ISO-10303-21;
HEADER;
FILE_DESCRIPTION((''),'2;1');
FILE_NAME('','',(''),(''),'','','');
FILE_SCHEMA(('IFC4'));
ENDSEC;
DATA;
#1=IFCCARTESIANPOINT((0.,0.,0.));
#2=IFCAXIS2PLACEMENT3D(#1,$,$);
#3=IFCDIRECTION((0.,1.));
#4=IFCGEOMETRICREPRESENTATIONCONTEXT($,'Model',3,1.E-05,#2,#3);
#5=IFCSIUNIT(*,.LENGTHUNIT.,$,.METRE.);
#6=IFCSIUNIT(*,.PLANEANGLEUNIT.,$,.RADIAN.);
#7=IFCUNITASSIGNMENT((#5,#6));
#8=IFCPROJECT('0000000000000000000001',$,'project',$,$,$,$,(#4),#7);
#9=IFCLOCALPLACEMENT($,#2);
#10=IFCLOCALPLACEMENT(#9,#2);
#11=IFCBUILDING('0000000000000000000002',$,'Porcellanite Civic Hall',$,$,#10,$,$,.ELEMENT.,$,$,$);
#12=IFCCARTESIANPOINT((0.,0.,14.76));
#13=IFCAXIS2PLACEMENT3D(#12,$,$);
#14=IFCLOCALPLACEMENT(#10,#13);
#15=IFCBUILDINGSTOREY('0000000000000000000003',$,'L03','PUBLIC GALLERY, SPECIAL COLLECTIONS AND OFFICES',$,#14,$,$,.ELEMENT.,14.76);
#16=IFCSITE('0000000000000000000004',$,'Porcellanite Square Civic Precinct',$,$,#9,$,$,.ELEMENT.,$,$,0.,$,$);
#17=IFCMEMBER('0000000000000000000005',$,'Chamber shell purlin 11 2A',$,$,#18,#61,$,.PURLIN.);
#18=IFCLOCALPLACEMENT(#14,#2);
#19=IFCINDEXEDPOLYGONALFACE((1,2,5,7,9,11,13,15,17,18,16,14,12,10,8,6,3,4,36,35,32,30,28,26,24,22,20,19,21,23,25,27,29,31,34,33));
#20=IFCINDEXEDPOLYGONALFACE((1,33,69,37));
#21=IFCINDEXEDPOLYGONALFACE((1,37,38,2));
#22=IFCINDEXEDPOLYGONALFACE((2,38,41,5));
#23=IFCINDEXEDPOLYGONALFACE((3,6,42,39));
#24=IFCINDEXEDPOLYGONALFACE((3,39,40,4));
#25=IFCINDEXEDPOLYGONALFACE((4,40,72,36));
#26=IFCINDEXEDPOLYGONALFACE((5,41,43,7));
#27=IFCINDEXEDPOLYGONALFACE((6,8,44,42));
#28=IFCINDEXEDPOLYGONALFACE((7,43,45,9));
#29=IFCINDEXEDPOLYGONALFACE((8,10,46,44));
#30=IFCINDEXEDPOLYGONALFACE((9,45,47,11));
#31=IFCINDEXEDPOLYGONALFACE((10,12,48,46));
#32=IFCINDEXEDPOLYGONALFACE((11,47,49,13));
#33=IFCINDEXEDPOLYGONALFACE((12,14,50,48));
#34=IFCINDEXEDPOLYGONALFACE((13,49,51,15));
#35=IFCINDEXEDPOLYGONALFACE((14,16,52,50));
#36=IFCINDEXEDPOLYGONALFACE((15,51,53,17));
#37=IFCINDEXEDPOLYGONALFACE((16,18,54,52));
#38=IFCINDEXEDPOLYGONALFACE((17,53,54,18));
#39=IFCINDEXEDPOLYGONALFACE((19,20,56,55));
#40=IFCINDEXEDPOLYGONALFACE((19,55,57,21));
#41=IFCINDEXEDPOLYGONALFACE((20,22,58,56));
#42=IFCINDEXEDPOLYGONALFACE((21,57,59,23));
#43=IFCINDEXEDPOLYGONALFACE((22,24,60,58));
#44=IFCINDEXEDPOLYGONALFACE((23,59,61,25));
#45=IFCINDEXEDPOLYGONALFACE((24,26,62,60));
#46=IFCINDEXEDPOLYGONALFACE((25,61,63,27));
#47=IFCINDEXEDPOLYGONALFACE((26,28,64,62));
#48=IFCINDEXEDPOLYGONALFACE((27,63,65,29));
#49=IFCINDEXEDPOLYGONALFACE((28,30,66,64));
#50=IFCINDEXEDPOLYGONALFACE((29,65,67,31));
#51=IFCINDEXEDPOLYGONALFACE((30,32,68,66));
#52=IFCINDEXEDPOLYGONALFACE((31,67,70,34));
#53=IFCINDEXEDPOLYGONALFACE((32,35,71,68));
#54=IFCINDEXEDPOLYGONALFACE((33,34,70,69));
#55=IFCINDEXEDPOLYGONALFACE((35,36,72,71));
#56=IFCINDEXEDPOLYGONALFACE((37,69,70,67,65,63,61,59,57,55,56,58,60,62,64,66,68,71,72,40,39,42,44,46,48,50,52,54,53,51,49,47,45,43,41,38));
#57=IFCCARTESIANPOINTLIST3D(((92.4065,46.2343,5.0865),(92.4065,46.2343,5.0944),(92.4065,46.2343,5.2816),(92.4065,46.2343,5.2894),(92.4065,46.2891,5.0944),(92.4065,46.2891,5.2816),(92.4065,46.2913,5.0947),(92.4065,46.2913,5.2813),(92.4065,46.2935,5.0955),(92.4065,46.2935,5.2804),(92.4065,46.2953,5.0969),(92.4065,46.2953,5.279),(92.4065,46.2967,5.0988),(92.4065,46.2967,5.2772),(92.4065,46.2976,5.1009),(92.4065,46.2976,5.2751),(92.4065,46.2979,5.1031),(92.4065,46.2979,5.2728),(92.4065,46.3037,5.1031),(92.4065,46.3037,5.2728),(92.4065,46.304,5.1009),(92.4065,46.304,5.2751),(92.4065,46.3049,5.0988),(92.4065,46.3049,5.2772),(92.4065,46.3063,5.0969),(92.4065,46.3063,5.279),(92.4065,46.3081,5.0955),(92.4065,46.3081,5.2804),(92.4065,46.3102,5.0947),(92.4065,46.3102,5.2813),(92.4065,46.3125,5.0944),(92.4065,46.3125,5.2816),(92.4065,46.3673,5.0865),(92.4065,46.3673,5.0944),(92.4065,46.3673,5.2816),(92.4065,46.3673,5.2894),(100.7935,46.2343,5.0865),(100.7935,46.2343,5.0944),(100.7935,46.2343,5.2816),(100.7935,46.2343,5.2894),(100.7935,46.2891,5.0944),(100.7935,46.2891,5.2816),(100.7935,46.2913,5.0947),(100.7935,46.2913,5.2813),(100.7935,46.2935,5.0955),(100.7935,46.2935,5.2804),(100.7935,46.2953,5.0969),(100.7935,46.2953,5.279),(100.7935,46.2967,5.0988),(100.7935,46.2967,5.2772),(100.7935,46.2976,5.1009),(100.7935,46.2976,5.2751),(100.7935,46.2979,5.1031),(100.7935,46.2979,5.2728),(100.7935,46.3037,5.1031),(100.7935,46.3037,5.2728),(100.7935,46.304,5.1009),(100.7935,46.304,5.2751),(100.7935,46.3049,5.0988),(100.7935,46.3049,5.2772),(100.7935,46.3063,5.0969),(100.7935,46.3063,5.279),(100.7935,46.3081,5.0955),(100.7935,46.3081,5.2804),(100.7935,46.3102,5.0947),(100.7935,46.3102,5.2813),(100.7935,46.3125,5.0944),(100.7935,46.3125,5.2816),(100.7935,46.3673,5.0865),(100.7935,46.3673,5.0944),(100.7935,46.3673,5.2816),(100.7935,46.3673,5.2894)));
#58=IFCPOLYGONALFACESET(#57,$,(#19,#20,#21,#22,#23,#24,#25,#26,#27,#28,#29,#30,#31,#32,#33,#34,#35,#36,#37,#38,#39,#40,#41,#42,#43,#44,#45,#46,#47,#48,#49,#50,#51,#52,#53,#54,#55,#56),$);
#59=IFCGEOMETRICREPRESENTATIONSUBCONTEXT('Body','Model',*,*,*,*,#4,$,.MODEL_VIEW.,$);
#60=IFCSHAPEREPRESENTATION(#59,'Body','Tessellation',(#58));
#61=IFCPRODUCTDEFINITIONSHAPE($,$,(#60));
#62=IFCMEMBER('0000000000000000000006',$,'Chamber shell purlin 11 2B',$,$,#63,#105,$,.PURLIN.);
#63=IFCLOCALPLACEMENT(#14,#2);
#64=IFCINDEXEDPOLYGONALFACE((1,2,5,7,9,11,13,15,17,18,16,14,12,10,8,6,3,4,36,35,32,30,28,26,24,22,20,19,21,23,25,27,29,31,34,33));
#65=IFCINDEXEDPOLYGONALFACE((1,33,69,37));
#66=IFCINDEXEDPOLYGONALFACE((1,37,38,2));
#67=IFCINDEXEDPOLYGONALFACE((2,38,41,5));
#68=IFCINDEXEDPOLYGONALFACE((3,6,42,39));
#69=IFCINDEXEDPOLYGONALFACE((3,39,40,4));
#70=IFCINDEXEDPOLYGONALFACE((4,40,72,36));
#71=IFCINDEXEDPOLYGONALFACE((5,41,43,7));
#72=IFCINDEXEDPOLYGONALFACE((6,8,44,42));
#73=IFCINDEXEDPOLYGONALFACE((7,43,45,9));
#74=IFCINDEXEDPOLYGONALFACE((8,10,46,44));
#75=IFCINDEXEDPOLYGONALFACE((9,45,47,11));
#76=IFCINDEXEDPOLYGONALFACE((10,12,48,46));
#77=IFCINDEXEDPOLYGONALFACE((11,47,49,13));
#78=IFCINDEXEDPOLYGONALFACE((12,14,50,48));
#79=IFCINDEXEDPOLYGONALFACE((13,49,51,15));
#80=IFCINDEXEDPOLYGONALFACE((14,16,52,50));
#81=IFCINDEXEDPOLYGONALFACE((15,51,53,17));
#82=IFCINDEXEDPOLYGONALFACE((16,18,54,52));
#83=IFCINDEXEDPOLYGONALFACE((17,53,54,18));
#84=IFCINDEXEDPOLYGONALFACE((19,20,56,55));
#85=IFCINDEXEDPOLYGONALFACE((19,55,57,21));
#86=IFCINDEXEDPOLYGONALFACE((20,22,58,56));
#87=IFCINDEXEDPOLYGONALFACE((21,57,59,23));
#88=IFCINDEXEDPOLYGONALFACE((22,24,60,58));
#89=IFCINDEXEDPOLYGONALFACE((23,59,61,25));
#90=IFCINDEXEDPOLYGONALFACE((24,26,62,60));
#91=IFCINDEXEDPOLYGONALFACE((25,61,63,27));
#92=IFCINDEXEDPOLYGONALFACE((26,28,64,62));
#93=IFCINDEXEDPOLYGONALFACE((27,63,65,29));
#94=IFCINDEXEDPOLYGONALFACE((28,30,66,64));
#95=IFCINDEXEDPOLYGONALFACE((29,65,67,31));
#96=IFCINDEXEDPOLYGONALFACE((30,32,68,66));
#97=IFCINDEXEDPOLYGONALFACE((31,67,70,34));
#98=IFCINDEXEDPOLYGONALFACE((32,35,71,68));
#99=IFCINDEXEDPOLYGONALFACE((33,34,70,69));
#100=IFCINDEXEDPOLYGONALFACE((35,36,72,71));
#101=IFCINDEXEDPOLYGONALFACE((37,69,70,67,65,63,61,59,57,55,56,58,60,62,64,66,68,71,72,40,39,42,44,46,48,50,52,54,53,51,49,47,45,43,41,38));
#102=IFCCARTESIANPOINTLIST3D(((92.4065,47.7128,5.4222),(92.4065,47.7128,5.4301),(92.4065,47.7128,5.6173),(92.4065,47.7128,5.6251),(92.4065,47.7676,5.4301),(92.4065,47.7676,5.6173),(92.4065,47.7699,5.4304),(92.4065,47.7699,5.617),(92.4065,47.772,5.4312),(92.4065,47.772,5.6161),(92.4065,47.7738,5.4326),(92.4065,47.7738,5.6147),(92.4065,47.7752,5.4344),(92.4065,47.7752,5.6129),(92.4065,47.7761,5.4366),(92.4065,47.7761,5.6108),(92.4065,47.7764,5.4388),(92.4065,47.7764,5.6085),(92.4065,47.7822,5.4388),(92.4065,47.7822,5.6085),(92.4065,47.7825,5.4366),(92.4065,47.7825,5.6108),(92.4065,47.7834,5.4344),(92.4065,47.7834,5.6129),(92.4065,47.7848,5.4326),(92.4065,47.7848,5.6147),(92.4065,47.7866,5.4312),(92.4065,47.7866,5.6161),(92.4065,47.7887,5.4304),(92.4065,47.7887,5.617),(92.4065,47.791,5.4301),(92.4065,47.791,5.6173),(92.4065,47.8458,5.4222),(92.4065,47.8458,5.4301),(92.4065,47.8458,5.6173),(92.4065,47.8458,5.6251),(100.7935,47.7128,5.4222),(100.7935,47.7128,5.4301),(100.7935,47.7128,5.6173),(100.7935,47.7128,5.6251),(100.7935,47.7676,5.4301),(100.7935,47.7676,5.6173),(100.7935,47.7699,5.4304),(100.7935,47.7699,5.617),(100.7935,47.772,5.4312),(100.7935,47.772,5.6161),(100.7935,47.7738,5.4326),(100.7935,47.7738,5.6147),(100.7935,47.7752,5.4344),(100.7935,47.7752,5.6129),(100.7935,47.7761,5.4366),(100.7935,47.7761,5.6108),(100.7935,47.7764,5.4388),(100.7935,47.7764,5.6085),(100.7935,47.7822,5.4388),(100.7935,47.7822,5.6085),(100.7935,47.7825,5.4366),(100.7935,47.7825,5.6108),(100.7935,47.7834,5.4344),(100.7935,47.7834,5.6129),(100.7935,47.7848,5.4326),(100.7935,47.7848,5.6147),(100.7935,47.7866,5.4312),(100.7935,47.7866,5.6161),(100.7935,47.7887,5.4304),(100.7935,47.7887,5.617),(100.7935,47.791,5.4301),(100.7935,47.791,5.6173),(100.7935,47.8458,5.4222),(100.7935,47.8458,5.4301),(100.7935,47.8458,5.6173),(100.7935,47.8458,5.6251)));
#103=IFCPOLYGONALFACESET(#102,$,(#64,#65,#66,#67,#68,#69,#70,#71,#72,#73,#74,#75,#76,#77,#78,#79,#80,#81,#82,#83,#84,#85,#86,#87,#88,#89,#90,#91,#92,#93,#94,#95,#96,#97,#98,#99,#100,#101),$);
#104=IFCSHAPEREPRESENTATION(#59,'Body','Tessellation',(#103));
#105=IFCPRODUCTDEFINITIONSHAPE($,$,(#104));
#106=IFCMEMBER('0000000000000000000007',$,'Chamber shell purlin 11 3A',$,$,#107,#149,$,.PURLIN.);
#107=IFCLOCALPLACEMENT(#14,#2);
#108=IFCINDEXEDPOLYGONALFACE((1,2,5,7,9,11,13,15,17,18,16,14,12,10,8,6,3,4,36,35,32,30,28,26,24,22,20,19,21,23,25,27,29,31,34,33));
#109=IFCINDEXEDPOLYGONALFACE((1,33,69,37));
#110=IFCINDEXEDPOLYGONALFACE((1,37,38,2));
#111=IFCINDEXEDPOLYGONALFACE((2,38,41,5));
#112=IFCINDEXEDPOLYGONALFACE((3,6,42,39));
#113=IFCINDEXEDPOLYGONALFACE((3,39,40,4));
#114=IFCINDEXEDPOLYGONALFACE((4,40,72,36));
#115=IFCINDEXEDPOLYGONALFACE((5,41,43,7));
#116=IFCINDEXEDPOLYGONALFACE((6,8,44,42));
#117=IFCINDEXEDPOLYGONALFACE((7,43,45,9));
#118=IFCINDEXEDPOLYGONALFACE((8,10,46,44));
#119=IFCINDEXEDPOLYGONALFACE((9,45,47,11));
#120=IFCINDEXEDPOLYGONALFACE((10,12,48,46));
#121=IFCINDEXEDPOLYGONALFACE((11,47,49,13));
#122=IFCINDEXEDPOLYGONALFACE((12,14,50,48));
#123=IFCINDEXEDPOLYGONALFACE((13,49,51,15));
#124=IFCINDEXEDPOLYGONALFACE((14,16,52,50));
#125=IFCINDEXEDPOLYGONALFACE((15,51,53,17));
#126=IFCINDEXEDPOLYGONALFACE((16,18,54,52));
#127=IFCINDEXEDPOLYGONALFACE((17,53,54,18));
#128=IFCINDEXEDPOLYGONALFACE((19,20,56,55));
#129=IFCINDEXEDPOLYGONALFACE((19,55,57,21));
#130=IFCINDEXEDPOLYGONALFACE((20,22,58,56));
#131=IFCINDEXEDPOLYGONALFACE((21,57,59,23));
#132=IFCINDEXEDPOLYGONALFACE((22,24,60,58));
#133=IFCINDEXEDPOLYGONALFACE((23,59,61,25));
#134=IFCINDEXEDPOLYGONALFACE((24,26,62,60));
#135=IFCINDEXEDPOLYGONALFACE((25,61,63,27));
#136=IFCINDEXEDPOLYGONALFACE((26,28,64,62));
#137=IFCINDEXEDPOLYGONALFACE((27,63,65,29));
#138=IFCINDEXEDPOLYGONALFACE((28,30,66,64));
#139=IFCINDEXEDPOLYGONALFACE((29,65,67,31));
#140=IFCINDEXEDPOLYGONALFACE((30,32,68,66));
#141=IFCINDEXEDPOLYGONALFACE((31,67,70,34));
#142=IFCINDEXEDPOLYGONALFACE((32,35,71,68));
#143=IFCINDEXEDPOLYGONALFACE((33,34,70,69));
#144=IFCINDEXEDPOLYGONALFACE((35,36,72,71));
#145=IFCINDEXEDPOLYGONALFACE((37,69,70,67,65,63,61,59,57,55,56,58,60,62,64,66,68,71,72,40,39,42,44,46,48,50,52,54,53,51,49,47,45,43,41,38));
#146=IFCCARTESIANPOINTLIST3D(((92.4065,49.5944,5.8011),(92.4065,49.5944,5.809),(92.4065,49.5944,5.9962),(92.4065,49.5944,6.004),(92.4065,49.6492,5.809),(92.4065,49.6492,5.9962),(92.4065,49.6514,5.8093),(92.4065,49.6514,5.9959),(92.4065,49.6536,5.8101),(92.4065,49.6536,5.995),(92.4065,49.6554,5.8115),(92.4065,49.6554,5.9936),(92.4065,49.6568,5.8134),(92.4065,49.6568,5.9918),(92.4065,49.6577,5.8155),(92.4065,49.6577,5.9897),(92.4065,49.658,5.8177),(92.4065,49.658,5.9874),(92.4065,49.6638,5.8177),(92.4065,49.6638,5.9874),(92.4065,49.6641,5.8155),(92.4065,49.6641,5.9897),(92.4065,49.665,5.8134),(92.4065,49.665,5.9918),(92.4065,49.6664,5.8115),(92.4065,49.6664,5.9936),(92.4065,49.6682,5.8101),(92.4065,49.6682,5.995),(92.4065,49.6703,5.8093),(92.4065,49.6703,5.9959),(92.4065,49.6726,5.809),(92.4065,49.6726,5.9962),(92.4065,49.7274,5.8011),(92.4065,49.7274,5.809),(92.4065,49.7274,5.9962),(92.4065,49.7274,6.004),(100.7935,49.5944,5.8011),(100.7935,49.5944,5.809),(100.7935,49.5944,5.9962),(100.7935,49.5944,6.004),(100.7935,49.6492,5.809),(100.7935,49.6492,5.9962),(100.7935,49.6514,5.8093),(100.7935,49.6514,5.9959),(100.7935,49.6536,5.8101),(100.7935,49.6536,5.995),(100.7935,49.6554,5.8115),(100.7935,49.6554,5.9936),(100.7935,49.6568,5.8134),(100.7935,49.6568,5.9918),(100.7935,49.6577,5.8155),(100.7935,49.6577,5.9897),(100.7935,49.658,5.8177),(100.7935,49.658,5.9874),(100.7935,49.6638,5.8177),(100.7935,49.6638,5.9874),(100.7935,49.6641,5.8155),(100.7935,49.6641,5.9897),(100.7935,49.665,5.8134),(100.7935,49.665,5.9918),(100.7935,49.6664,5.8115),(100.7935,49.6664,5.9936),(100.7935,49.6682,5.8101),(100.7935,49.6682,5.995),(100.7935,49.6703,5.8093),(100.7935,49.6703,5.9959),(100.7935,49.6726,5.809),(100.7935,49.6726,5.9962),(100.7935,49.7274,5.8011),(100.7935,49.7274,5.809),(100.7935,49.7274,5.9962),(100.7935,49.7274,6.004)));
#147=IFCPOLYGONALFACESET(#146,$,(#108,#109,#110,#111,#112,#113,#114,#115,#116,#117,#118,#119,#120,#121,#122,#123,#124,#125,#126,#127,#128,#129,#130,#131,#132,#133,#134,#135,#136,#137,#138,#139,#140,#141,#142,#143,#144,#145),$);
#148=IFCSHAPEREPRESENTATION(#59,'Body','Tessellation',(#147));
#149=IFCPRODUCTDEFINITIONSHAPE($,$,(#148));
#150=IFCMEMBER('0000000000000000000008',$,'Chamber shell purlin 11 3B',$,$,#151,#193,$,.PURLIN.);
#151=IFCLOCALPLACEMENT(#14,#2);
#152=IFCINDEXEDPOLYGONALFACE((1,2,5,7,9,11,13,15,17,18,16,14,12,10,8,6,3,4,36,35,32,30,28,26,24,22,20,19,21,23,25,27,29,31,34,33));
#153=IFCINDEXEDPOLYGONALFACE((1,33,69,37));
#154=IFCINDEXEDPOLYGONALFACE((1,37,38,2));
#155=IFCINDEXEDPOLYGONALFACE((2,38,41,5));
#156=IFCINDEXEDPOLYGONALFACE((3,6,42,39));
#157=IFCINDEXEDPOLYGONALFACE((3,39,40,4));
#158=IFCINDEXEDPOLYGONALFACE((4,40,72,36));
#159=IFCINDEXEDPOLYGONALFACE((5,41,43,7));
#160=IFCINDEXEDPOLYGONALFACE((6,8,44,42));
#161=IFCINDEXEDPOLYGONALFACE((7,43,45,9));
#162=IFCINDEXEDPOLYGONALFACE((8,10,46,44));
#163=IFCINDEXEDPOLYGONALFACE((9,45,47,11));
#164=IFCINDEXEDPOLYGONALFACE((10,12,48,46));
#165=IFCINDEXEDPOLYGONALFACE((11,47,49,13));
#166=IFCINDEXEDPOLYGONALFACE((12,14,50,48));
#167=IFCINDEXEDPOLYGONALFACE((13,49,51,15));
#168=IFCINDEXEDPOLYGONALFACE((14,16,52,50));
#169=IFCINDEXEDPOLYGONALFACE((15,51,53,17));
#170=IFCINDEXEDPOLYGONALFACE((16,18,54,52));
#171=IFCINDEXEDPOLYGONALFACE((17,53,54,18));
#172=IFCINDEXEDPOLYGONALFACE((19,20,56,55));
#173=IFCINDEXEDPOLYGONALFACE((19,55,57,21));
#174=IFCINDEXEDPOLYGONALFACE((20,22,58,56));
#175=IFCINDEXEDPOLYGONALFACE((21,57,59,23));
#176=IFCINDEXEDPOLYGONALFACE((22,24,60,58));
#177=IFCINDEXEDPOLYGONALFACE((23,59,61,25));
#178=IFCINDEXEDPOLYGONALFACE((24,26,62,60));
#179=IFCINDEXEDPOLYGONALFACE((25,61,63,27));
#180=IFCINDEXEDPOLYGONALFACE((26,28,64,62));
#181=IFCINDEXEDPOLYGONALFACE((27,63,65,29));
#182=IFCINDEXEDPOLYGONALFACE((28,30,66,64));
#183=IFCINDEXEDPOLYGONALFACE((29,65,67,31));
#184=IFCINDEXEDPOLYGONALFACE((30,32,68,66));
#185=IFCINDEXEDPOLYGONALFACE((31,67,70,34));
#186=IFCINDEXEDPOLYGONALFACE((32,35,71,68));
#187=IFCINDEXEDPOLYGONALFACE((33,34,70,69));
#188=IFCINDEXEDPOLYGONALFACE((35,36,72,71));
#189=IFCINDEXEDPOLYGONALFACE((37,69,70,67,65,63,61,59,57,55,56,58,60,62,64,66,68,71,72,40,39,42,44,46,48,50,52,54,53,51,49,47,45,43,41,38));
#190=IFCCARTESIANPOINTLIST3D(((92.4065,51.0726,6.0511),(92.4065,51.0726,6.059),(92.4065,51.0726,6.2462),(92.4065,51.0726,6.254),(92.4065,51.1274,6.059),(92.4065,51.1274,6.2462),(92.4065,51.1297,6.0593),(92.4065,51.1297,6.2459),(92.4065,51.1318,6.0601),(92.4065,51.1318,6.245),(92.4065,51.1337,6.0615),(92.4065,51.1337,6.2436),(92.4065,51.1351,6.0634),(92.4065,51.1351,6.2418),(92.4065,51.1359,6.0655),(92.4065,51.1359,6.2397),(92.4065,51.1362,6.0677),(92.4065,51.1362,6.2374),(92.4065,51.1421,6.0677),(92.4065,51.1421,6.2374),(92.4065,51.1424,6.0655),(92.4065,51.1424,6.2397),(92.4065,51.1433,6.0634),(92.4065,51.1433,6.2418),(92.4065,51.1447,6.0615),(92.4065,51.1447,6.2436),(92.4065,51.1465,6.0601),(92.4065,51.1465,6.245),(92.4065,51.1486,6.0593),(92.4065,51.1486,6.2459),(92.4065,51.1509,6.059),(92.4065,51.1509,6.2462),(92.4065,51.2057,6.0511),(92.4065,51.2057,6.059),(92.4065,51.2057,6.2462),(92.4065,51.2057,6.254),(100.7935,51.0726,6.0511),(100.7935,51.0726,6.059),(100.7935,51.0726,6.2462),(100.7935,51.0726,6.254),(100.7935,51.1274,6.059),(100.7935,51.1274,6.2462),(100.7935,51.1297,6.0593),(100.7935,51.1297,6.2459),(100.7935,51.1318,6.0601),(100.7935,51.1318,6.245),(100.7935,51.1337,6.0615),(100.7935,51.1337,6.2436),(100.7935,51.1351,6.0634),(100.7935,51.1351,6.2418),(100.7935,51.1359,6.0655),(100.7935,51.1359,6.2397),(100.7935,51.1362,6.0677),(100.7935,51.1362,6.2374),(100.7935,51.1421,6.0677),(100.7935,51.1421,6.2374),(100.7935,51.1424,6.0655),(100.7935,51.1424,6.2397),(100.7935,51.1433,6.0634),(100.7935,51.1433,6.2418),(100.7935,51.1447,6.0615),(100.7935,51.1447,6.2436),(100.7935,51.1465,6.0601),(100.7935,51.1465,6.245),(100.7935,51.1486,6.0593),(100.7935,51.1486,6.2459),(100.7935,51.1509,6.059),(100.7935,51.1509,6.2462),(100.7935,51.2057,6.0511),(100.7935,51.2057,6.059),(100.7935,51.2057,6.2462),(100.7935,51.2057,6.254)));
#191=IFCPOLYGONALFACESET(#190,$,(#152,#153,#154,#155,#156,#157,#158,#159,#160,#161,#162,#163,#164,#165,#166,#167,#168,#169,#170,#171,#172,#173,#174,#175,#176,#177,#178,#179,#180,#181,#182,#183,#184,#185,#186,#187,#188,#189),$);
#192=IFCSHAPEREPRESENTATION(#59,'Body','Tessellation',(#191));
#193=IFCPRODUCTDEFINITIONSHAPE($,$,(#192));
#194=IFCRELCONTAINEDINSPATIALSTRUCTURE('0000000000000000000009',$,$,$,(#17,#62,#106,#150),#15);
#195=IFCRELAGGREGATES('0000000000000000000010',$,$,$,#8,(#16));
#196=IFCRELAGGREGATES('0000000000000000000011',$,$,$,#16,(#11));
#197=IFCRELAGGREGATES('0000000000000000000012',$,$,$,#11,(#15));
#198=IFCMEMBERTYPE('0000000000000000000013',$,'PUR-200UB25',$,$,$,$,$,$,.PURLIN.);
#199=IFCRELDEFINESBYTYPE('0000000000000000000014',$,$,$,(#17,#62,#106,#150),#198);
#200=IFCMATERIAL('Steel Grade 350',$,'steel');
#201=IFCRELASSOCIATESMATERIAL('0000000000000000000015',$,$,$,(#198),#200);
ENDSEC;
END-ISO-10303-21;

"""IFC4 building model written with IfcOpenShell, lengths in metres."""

from ifc_helpers import new_model, si_unit, direction, frame, origin, origin_2d, place, context, subcontext, project, spatial, i_section, extrude, material, material_profile, profile_set, type_object, element, save


model = new_model("IFC4")

# Units and contexts
model_context = context("Model", 3, precision=1e-05, world=origin(), true_north=direction((0.0, 1.0)))
body_context = subcontext(model_context, "Body", "Model", "MODEL_VIEW")
ifc_project = project(units=[si_unit("LENGTHUNIT", "METRE"), si_unit("PLANEANGLEUNIT", "RADIAN")], contexts=[model_context])

# Site, building, storey
site_placement = place(None, origin())
site = spatial("IfcSite", under=ifc_project, at=site_placement, Name="Porcellanite Square Civic Precinct", CompositionType="ELEMENT", RefElevation=0.0)
building_placement = place(site_placement, origin())
building = spatial("IfcBuilding", under=site, at=building_placement, Name="Porcellanite Civic Hall", CompositionType="ELEMENT")
storey_placement = place(building_placement, frame((0.0, 0.0, 14.76)))
storey = spatial("IfcBuildingStorey", under=building, at=storey_placement, Name="L03", Description="PUBLIC GALLERY, SPECIAL COLLECTIONS AND OFFICES", CompositionType="ELEMENT", Elevation=14.76)

# Members
ifc_material_1 = material(Name="Steel Grade 350", Category="steel")
ifc_material_profile_1 = material_profile(ifc_material_1, i_section(OverallWidth=0.1331, OverallDepth=0.2029, WebThickness=0.0059, FlangeThickness=0.0078, FilletRadius=0.0088, at=origin_2d()), Name="200UB25.4")
ifc_profile_set_1 = profile_set([ifc_material_profile_1], Name="Steel Grade 350")
member_type_1 = type_object("IfcMemberType", Name="PUR-200UB25", PredefinedType="PURLIN", material=ifc_profile_set_1)
for number, where, z_axis, x_axis, name in (
    (1, (92.4065, 46.3008, 5.188), (1.0, 0.0, 0.0), (0.0, 1.0, 0.0), "Chamber shell purlin 11 2A"),
    (2, (92.4065, 47.7793, 5.5237), (1.0, 0.0, 0.0), (0.0, 1.0, 0.0), "Chamber shell purlin 11 2B"),
    (3, (92.4065, 49.6609, 5.9026), (1.0, 0.0, 0.0), (0.0, 1.0, 0.0), "Chamber shell purlin 11 3A"),
    (4, (92.4065, 51.1392, 6.1526), (1.0, 0.0, 0.0), (0.0, 1.0, 0.0), "Chamber shell purlin 11 3B"),
):
    element("IfcMember", number, at=place(storey_placement, frame(where, z_axis=z_axis, x_axis=x_axis)), inside=storey, type_object=member_type_1, Name=name, PredefinedType="PURLIN", context=body_context, shape_type="SweptSolid", body=[
        extrude(i_section(OverallWidth=0.1331, OverallDepth=0.2029, WebThickness=0.0059, FlangeThickness=0.0078, FilletRadius=0.0088, at=origin_2d()), origin(), (0.0, 0.0, 1.0), 8.387),
    ])

save(model, "model.ifc")
